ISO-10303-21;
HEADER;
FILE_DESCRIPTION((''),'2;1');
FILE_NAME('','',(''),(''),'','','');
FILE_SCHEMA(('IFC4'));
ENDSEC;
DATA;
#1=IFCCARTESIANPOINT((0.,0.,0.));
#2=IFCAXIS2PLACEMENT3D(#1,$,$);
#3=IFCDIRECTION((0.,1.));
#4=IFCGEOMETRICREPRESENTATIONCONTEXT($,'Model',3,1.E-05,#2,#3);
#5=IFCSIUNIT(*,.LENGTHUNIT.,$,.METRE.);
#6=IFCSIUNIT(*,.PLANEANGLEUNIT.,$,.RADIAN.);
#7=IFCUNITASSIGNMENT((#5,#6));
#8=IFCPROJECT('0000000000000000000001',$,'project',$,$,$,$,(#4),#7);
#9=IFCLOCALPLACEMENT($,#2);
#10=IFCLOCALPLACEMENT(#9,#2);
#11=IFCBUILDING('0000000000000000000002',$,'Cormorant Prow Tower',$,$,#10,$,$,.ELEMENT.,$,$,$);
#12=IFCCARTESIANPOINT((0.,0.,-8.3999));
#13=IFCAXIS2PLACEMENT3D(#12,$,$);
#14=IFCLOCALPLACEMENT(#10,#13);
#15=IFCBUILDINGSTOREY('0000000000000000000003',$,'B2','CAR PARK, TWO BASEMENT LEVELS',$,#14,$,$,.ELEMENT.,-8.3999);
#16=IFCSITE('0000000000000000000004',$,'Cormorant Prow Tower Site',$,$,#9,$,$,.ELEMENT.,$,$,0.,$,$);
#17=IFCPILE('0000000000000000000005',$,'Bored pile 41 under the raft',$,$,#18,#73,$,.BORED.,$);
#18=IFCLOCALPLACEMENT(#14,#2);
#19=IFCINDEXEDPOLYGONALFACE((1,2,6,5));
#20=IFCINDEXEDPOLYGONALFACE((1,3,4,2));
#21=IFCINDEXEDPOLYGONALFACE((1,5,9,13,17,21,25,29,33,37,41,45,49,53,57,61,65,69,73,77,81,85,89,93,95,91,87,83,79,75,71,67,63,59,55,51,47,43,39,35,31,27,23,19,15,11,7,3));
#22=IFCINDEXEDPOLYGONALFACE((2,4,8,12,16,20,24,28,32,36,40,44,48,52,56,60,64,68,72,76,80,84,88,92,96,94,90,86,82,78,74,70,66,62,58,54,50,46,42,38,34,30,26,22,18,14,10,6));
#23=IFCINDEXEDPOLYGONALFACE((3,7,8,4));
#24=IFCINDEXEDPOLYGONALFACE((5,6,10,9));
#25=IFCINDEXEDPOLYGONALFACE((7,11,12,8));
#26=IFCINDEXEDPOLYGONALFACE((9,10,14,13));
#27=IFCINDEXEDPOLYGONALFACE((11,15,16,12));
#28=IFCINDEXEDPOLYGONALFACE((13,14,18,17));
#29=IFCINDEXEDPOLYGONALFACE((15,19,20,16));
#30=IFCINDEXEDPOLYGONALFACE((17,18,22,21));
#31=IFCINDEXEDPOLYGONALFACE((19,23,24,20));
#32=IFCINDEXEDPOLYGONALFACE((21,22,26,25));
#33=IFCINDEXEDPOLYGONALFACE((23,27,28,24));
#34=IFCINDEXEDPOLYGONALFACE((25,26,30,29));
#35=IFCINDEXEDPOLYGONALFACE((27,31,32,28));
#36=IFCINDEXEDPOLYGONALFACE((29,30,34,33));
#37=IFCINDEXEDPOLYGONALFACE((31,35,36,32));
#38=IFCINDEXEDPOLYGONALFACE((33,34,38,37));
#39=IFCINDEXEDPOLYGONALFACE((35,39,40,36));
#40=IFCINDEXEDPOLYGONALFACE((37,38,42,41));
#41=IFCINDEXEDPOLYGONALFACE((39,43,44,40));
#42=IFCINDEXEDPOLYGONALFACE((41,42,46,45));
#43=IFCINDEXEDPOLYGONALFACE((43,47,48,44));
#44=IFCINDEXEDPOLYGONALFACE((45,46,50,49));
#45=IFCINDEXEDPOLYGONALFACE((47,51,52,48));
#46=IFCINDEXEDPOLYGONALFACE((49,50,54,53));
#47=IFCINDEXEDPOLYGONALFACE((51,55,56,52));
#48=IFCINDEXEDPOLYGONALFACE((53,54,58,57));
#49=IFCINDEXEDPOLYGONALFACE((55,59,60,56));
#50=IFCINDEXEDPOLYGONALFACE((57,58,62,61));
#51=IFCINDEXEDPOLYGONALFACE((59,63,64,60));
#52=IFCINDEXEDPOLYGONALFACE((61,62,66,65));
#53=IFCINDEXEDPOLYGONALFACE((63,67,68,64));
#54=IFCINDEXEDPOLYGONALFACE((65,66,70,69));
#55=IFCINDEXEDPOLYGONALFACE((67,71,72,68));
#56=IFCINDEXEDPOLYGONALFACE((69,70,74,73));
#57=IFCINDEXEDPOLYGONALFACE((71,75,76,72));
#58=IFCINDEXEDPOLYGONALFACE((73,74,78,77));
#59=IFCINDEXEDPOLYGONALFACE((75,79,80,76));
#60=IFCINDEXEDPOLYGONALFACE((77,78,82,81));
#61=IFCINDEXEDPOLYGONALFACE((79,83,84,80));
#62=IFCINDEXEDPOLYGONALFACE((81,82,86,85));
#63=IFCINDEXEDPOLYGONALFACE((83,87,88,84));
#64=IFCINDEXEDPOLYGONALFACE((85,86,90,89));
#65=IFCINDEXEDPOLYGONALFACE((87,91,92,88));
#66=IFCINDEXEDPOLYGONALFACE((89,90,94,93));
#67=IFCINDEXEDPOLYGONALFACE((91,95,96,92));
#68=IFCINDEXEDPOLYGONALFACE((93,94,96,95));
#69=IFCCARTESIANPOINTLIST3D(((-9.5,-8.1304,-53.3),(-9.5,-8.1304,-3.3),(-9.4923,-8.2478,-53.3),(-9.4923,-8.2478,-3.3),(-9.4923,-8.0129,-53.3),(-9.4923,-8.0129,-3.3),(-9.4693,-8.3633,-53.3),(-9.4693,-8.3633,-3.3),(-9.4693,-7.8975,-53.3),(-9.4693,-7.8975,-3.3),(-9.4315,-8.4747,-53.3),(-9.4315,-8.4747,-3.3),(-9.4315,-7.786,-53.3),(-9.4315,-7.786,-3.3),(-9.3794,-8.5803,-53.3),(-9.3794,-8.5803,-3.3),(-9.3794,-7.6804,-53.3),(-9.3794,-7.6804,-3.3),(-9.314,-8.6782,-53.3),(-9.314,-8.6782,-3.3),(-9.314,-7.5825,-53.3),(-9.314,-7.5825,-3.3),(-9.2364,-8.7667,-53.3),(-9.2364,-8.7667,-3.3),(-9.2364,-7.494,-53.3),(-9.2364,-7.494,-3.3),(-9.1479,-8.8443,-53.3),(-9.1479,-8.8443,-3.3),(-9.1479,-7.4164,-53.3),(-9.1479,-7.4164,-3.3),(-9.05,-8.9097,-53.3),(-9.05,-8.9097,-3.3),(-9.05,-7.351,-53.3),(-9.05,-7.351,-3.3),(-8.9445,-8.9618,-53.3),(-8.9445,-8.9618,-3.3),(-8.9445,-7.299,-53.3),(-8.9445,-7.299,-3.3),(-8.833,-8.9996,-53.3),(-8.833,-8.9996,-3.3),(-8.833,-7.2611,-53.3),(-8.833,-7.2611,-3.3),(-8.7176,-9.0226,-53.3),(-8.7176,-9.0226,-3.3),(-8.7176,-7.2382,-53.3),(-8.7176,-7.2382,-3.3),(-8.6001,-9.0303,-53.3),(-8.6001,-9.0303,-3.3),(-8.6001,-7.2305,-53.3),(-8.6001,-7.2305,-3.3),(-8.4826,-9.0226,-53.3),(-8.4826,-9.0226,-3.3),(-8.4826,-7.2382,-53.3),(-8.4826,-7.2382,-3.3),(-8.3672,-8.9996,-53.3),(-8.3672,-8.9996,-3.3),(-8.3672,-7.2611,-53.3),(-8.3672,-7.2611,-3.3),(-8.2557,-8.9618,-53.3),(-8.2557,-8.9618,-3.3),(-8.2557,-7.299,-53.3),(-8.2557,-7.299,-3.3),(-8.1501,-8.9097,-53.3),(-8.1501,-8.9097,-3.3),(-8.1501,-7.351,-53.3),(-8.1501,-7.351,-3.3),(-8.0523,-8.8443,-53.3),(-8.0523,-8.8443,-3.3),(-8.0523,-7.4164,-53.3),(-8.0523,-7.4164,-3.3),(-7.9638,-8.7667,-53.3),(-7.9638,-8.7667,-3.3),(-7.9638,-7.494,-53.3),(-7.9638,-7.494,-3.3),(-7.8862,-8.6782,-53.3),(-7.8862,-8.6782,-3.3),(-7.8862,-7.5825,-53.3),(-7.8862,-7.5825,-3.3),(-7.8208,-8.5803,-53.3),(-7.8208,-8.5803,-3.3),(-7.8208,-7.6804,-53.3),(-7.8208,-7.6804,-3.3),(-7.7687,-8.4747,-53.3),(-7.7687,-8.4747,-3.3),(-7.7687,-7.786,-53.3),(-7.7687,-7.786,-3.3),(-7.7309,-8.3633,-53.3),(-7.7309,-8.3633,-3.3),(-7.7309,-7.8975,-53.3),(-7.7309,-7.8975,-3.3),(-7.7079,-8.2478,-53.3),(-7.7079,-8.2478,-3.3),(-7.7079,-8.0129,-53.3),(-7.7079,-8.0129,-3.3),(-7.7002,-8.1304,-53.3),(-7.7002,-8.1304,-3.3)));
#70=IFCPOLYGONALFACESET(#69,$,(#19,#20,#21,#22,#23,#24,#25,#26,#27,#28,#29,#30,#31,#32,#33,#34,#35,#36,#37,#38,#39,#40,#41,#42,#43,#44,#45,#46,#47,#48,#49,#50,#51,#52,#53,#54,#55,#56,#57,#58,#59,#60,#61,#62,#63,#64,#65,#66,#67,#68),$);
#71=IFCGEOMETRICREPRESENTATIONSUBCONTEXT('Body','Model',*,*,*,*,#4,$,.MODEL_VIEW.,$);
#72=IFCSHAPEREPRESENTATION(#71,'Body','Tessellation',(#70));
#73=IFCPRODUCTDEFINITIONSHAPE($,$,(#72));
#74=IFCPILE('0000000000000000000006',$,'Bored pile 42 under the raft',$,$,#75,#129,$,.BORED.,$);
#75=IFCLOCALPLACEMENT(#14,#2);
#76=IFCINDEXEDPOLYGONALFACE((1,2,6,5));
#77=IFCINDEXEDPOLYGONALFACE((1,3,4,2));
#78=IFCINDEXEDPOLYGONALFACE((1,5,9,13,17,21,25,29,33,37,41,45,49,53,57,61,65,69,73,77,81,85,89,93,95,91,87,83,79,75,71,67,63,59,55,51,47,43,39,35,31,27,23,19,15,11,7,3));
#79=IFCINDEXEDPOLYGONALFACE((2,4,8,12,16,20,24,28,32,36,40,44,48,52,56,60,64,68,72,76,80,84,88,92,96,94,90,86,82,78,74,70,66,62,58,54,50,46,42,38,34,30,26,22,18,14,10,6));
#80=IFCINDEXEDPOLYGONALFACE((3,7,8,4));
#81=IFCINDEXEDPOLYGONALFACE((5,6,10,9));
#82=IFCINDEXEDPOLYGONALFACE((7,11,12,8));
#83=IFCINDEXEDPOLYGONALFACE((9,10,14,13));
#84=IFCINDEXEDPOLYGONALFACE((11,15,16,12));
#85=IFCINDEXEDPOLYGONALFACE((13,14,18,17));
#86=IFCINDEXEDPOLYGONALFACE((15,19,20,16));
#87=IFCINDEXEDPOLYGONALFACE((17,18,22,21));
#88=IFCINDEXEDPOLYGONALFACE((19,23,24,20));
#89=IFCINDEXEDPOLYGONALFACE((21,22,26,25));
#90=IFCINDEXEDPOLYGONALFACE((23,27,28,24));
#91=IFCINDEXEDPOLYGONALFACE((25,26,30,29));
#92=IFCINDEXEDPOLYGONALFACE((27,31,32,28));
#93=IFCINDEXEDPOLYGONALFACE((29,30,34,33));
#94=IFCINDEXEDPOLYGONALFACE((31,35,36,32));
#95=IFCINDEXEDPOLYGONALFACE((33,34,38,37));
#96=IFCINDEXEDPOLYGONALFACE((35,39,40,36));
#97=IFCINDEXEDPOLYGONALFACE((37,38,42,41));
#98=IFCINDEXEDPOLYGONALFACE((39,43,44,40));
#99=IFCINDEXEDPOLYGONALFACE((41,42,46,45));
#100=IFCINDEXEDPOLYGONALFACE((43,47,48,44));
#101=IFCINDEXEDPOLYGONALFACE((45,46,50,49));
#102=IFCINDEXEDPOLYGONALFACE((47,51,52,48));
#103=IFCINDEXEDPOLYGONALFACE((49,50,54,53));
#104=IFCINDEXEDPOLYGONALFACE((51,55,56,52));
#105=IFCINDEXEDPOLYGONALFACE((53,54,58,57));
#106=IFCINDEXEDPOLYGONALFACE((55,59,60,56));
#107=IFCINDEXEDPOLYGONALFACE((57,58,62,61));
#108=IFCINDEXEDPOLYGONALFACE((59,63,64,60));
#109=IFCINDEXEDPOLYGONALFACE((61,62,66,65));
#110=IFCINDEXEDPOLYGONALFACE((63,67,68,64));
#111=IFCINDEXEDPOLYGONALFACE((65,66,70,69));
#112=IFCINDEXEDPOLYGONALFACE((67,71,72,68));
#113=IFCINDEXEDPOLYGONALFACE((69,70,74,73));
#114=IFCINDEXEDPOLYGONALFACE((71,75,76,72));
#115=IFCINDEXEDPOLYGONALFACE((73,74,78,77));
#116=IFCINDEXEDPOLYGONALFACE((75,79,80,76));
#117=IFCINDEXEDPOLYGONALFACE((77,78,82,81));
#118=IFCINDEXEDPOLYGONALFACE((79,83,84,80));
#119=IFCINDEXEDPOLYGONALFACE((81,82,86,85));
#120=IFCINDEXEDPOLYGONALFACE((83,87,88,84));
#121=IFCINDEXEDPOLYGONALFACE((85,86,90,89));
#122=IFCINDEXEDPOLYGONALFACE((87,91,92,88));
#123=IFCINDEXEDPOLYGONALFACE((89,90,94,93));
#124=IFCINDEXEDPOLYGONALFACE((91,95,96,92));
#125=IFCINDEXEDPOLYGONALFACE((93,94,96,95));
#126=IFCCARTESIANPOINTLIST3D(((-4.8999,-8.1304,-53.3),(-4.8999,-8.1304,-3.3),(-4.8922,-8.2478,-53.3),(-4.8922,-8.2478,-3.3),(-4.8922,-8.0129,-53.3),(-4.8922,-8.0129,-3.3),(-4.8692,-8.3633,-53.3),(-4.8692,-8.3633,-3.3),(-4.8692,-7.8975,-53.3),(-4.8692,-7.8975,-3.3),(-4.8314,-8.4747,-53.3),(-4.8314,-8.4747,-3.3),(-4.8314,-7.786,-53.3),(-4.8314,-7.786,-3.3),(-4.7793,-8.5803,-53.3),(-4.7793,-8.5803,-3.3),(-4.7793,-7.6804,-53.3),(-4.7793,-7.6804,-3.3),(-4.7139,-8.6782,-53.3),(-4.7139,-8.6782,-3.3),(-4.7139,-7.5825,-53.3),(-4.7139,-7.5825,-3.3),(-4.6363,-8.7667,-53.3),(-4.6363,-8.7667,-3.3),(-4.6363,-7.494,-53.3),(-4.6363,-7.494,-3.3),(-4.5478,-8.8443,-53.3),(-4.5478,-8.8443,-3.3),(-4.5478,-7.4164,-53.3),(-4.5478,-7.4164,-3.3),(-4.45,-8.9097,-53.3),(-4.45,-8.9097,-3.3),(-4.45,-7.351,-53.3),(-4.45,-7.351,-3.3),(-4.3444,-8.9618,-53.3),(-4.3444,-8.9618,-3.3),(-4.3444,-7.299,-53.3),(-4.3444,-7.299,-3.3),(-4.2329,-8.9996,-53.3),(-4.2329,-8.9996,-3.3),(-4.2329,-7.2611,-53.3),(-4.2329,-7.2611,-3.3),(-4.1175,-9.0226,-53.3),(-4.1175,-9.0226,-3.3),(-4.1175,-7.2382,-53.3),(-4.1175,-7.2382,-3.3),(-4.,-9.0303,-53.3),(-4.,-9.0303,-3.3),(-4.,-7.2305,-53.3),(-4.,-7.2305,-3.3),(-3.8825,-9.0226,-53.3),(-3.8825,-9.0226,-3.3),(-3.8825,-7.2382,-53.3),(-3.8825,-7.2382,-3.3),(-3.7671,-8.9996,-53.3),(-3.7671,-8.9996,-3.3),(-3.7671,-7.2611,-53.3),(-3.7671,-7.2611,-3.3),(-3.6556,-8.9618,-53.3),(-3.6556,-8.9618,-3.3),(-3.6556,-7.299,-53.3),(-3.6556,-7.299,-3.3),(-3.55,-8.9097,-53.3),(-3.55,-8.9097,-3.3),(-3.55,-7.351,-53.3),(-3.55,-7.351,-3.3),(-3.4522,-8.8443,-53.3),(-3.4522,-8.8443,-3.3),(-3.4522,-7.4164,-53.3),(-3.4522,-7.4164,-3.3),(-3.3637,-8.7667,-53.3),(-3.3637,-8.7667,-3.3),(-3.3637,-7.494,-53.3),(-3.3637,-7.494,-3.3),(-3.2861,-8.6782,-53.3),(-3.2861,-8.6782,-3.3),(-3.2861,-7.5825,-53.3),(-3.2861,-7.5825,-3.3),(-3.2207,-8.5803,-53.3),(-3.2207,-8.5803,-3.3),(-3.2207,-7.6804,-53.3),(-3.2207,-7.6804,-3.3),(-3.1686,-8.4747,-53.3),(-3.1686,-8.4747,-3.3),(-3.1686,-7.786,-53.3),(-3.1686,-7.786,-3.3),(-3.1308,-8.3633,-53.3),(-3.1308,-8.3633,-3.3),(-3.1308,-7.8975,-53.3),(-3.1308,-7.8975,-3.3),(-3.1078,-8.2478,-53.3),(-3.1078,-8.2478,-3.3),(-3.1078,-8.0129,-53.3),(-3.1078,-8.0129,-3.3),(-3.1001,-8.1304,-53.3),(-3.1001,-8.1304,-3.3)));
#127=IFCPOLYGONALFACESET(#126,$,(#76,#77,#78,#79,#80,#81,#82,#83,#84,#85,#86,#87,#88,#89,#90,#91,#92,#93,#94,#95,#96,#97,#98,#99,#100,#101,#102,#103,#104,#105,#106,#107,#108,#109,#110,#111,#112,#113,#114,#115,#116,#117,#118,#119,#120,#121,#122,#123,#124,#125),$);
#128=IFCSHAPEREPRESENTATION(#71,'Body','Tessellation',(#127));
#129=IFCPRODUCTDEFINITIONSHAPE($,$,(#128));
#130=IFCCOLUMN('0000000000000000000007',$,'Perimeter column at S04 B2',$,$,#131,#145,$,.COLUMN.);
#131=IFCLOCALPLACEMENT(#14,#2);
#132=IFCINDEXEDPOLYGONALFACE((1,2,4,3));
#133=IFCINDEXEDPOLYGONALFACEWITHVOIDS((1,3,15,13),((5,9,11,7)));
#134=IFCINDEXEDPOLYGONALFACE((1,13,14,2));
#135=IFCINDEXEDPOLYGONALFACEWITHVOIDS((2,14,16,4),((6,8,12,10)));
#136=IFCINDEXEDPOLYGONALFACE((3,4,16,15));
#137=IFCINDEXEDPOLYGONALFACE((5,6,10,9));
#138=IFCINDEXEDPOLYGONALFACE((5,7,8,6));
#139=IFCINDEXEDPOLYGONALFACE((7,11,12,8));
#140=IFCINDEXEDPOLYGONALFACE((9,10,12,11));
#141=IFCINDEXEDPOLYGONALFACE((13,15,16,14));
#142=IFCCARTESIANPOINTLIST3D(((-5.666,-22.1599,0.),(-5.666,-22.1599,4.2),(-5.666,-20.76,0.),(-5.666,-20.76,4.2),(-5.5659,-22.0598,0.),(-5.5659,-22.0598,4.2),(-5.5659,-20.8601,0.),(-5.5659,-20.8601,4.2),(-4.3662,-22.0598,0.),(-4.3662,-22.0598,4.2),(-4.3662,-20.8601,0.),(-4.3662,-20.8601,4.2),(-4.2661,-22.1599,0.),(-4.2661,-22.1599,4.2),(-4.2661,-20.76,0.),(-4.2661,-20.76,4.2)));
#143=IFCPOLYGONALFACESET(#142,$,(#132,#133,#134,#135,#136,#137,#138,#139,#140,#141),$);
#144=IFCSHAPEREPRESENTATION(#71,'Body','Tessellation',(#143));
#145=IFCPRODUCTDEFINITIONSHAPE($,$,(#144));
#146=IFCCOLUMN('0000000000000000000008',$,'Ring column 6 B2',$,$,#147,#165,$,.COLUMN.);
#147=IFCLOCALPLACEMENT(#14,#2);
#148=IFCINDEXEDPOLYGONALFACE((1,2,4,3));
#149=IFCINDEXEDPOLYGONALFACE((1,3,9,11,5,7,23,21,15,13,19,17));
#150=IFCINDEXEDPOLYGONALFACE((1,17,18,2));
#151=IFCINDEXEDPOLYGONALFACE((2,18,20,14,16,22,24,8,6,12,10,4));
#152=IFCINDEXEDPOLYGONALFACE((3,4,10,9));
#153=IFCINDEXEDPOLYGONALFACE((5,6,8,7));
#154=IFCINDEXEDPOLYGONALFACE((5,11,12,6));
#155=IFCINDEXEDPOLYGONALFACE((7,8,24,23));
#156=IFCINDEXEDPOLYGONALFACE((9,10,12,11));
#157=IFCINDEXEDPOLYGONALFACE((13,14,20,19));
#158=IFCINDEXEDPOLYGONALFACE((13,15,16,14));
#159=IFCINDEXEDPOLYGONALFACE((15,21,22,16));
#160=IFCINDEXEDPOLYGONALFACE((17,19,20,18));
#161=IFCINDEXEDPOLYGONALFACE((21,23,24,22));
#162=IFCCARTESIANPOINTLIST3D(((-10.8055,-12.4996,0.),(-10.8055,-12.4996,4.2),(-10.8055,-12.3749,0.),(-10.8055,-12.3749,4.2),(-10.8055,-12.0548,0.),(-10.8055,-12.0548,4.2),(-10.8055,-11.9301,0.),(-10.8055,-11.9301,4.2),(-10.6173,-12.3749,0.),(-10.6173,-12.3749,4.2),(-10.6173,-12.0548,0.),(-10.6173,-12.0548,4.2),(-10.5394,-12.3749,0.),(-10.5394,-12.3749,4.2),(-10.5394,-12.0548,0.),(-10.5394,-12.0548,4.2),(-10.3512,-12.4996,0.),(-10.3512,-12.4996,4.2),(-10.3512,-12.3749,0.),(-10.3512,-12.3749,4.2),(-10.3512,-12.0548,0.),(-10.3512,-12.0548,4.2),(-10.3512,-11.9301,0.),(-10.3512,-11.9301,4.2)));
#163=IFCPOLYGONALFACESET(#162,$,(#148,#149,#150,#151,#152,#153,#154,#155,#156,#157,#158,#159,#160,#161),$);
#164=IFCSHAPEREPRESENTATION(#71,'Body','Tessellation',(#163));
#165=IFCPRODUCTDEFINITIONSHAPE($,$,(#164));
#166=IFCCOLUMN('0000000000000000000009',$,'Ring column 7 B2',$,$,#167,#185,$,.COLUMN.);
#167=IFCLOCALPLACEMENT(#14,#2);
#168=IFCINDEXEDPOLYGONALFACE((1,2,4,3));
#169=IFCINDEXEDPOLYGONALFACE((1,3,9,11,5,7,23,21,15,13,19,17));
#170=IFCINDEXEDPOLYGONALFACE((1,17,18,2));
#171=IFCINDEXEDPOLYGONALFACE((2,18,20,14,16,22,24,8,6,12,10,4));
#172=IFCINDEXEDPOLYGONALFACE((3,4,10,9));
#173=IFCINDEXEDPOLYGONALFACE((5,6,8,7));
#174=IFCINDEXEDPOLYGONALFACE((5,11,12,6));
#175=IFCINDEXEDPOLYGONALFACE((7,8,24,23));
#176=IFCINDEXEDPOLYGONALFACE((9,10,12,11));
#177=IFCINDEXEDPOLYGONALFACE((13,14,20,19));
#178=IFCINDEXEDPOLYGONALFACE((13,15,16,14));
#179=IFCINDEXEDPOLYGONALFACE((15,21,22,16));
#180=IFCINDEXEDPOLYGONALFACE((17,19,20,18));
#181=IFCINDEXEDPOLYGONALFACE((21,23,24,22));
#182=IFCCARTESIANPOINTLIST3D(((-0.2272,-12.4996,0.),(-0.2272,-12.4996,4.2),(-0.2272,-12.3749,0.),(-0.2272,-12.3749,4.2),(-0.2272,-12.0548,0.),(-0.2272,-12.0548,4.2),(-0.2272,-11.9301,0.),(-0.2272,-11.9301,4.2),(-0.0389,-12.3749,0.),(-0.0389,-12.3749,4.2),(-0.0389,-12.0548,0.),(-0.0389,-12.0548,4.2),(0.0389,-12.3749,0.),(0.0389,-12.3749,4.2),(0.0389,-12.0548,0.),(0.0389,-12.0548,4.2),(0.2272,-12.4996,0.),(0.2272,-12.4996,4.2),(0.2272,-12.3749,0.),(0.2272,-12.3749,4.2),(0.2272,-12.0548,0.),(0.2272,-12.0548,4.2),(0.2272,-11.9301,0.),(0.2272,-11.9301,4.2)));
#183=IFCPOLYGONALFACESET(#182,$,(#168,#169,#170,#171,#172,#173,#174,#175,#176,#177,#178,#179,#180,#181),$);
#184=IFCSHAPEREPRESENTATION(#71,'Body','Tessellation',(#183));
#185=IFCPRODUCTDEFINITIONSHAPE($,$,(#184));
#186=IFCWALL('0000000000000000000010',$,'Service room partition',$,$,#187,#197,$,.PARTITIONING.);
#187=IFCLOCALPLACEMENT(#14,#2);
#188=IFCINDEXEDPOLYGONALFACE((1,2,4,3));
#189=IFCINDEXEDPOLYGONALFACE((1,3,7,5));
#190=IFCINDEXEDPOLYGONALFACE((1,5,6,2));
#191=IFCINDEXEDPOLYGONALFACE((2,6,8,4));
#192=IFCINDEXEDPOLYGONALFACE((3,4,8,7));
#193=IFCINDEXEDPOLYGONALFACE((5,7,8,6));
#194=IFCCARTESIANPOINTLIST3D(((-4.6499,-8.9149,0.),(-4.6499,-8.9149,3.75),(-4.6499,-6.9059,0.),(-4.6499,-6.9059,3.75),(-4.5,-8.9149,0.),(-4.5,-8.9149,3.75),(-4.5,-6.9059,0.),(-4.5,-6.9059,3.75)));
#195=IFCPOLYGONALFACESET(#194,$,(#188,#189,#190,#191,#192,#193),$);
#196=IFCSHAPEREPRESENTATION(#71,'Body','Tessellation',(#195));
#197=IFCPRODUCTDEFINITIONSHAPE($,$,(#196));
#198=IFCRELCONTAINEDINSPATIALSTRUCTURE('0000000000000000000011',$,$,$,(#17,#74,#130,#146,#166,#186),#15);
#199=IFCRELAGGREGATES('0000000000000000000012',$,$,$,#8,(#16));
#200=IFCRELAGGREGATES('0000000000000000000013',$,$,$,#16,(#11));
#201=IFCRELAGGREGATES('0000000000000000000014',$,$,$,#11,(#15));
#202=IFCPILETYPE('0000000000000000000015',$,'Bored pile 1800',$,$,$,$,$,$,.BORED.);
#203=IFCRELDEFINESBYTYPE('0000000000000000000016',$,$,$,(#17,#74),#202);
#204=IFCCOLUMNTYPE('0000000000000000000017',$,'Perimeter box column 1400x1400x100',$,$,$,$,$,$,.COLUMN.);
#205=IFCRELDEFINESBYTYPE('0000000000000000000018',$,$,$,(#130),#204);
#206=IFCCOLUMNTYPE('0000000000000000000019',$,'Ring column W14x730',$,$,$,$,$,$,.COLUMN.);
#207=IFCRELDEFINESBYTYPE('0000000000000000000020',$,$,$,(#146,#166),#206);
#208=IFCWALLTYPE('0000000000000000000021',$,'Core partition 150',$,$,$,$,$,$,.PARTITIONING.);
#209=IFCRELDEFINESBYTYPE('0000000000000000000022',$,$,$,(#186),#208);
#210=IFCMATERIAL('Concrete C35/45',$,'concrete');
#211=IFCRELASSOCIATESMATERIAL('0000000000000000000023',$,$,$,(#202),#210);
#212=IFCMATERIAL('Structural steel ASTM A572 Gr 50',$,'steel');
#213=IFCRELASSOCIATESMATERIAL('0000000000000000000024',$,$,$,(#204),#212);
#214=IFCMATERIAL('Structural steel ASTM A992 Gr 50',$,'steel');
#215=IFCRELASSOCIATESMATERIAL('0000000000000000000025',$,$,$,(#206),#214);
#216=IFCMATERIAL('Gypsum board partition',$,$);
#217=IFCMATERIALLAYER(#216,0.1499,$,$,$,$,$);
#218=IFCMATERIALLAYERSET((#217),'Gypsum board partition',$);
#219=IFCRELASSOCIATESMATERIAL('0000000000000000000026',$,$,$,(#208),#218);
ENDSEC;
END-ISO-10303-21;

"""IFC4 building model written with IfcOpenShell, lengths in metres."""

from ifc_helpers import new_model, si_unit, direction, frame, frame_2d, origin, origin_2d, place, context, subcontext, project, spatial, rectangle, hollow_rectangle, circle, i_section, extrude, material, layer, layer_set, material_profile, profile_set, type_object, element, save


model = new_model("IFC4")

# Units and contexts
model_context = context("Model", 3, precision=1e-05, world=origin(), true_north=direction((0.0, 1.0)))
body_context = subcontext(model_context, "Body", "Model", "MODEL_VIEW")
ifc_project = project(units=[si_unit("LENGTHUNIT", "METRE"), si_unit("PLANEANGLEUNIT", "RADIAN")], contexts=[model_context])

# Site, building, storey
site_placement = place(None, origin())
site = spatial("IfcSite", under=ifc_project, at=site_placement, Name="Cormorant Prow Tower Site", CompositionType="ELEMENT", RefElevation=0.0)
building_placement = place(site_placement, origin())
building = spatial("IfcBuilding", under=site, at=building_placement, Name="Cormorant Prow Tower", CompositionType="ELEMENT")
storey_placement = place(building_placement, frame((0.0, 0.0, -8.3999)))
storey = spatial("IfcBuildingStorey", under=building, at=storey_placement, Name="B2", Description="CAR PARK, TWO BASEMENT LEVELS", CompositionType="ELEMENT", Elevation=-8.3999)

# Piles
ifc_material_1 = material(Name="Concrete C35/45", Category="concrete")
ifc_material_profile_1 = material_profile(ifc_material_1, circle(Radius=0.8999, at=origin_2d()), Name="Round 1800")
ifc_profile_set_1 = profile_set([ifc_material_profile_1], Name="Concrete C35/45")
pile_type_1 = type_object("IfcPileType", Name="Bored pile 1800", PredefinedType="BORED", material=ifc_profile_set_1)
for number, where, z_axis, x_axis, name in (
    (1, (-8.6001, -8.1304, -3.3), (0.0, 0.0, -1.0), (1.0, 0.0, 0.0), "Bored pile 41 under the raft"),
    (2, (-4.0, -8.1304, -3.3), (0.0, 0.0, -1.0), (1.0, 0.0, 0.0), "Bored pile 42 under the raft"),
):
    element("IfcPile", number, at=place(storey_placement, frame(where, z_axis=z_axis, x_axis=x_axis)), inside=storey, type_object=pile_type_1, Name=name, PredefinedType="BORED", context=body_context, shape_type="SweptSolid", body=[
        extrude(circle(Radius=0.8999, at=origin_2d()), origin(), (0.0, 0.0, 1.0), 50.0),
    ])

# Columns
ifc_material_2 = material(Name="Structural steel ASTM A572 Gr 50", Category="steel")
ifc_material_profile_2 = material_profile(ifc_material_2, hollow_rectangle(XDim=1.3999, YDim=1.3999, WallThickness=0.1001, at=origin_2d()), Name="Box 1400x1400x100")
ifc_profile_set_2 = profile_set([ifc_material_profile_2], Name="Structural steel ASTM A572 Gr 50")
column_type_1 = type_object("IfcColumnType", Name="Perimeter box column 1400x1400x100", PredefinedType="COLUMN", material=ifc_profile_set_2)
column_placement = place(storey_placement, frame((-4.9661, -21.46, 0.0), z_axis=(0.0, 0.0, 1.0), x_axis=(1.0, 0.0, 0.0)))
element("IfcColumn", 3, at=column_placement, inside=storey, type_object=column_type_1, Name="Perimeter column at S04 B2", PredefinedType="COLUMN", context=body_context, shape_type="SweptSolid", body=[
    extrude(hollow_rectangle(XDim=1.3999, YDim=1.3999, WallThickness=0.1001, at=origin_2d()), origin(), (0.0, 0.0, 1.0), 4.2),
])
ifc_material_3 = material(Name="Structural steel ASTM A992 Gr 50", Category="steel")
ifc_material_profile_3 = material_profile(ifc_material_3, i_section(OverallWidth=0.4543, OverallDepth=0.5696, WebThickness=0.0779, FlangeThickness=0.1248, at=origin_2d()), Name="W14x730")
ifc_profile_set_3 = profile_set([ifc_material_profile_3], Name="Structural steel ASTM A992 Gr 50")
column_type_2 = type_object("IfcColumnType", Name="Ring column W14x730", PredefinedType="COLUMN", material=ifc_profile_set_3)
for number, where, z_axis, x_axis, name in (
    (4, (-10.5784, -12.2148, 0.0), (0.0, 0.0, 1.0), (1.0, 0.0, 0.0), "Ring column 6 B2"),
    (5, (0.0, -12.2148, 0.0), (0.0, 0.0, 1.0), (1.0, 0.0, 0.0), "Ring column 7 B2"),
):
    element("IfcColumn", number, at=place(storey_placement, frame(where, z_axis=z_axis, x_axis=x_axis)), inside=storey, type_object=column_type_2, Name=name, PredefinedType="COLUMN", context=body_context, shape_type="SweptSolid", body=[
        extrude(i_section(OverallWidth=0.4543, OverallDepth=0.5696, WebThickness=0.0779, FlangeThickness=0.1248, at=origin_2d()), origin(), (0.0, 0.0, 1.0), 4.2),
    ])

# Wall
ifc_material_4 = material(Name="Gypsum board partition")
ifc_layer_1 = layer(ifc_material_4, 0.1499)
ifc_layer_set_1 = layer_set([ifc_layer_1], Name="Gypsum board partition")
wall_type_1 = type_object("IfcWallType", Name="Core partition 150", PredefinedType="PARTITIONING", material=ifc_layer_set_1)
wall_1_placement = place(storey_placement, frame((-4.575, -6.906, 0.0), z_axis=(0.0, 0.0, 1.0), x_axis=(0.0, -1.0, 0.0)))
element("IfcWall", 6, at=wall_1_placement, inside=storey, type_object=wall_type_1, Name="Service room partition", PredefinedType="PARTITIONING", context=body_context, shape_type="SweptSolid", body=[
    extrude(rectangle(XDim=2.009, YDim=0.1499, at=frame_2d((1.0044, 0.0))), origin(), (0.0, 0.0, 1.0), 3.75),
])

save(model, "model.ifc")
